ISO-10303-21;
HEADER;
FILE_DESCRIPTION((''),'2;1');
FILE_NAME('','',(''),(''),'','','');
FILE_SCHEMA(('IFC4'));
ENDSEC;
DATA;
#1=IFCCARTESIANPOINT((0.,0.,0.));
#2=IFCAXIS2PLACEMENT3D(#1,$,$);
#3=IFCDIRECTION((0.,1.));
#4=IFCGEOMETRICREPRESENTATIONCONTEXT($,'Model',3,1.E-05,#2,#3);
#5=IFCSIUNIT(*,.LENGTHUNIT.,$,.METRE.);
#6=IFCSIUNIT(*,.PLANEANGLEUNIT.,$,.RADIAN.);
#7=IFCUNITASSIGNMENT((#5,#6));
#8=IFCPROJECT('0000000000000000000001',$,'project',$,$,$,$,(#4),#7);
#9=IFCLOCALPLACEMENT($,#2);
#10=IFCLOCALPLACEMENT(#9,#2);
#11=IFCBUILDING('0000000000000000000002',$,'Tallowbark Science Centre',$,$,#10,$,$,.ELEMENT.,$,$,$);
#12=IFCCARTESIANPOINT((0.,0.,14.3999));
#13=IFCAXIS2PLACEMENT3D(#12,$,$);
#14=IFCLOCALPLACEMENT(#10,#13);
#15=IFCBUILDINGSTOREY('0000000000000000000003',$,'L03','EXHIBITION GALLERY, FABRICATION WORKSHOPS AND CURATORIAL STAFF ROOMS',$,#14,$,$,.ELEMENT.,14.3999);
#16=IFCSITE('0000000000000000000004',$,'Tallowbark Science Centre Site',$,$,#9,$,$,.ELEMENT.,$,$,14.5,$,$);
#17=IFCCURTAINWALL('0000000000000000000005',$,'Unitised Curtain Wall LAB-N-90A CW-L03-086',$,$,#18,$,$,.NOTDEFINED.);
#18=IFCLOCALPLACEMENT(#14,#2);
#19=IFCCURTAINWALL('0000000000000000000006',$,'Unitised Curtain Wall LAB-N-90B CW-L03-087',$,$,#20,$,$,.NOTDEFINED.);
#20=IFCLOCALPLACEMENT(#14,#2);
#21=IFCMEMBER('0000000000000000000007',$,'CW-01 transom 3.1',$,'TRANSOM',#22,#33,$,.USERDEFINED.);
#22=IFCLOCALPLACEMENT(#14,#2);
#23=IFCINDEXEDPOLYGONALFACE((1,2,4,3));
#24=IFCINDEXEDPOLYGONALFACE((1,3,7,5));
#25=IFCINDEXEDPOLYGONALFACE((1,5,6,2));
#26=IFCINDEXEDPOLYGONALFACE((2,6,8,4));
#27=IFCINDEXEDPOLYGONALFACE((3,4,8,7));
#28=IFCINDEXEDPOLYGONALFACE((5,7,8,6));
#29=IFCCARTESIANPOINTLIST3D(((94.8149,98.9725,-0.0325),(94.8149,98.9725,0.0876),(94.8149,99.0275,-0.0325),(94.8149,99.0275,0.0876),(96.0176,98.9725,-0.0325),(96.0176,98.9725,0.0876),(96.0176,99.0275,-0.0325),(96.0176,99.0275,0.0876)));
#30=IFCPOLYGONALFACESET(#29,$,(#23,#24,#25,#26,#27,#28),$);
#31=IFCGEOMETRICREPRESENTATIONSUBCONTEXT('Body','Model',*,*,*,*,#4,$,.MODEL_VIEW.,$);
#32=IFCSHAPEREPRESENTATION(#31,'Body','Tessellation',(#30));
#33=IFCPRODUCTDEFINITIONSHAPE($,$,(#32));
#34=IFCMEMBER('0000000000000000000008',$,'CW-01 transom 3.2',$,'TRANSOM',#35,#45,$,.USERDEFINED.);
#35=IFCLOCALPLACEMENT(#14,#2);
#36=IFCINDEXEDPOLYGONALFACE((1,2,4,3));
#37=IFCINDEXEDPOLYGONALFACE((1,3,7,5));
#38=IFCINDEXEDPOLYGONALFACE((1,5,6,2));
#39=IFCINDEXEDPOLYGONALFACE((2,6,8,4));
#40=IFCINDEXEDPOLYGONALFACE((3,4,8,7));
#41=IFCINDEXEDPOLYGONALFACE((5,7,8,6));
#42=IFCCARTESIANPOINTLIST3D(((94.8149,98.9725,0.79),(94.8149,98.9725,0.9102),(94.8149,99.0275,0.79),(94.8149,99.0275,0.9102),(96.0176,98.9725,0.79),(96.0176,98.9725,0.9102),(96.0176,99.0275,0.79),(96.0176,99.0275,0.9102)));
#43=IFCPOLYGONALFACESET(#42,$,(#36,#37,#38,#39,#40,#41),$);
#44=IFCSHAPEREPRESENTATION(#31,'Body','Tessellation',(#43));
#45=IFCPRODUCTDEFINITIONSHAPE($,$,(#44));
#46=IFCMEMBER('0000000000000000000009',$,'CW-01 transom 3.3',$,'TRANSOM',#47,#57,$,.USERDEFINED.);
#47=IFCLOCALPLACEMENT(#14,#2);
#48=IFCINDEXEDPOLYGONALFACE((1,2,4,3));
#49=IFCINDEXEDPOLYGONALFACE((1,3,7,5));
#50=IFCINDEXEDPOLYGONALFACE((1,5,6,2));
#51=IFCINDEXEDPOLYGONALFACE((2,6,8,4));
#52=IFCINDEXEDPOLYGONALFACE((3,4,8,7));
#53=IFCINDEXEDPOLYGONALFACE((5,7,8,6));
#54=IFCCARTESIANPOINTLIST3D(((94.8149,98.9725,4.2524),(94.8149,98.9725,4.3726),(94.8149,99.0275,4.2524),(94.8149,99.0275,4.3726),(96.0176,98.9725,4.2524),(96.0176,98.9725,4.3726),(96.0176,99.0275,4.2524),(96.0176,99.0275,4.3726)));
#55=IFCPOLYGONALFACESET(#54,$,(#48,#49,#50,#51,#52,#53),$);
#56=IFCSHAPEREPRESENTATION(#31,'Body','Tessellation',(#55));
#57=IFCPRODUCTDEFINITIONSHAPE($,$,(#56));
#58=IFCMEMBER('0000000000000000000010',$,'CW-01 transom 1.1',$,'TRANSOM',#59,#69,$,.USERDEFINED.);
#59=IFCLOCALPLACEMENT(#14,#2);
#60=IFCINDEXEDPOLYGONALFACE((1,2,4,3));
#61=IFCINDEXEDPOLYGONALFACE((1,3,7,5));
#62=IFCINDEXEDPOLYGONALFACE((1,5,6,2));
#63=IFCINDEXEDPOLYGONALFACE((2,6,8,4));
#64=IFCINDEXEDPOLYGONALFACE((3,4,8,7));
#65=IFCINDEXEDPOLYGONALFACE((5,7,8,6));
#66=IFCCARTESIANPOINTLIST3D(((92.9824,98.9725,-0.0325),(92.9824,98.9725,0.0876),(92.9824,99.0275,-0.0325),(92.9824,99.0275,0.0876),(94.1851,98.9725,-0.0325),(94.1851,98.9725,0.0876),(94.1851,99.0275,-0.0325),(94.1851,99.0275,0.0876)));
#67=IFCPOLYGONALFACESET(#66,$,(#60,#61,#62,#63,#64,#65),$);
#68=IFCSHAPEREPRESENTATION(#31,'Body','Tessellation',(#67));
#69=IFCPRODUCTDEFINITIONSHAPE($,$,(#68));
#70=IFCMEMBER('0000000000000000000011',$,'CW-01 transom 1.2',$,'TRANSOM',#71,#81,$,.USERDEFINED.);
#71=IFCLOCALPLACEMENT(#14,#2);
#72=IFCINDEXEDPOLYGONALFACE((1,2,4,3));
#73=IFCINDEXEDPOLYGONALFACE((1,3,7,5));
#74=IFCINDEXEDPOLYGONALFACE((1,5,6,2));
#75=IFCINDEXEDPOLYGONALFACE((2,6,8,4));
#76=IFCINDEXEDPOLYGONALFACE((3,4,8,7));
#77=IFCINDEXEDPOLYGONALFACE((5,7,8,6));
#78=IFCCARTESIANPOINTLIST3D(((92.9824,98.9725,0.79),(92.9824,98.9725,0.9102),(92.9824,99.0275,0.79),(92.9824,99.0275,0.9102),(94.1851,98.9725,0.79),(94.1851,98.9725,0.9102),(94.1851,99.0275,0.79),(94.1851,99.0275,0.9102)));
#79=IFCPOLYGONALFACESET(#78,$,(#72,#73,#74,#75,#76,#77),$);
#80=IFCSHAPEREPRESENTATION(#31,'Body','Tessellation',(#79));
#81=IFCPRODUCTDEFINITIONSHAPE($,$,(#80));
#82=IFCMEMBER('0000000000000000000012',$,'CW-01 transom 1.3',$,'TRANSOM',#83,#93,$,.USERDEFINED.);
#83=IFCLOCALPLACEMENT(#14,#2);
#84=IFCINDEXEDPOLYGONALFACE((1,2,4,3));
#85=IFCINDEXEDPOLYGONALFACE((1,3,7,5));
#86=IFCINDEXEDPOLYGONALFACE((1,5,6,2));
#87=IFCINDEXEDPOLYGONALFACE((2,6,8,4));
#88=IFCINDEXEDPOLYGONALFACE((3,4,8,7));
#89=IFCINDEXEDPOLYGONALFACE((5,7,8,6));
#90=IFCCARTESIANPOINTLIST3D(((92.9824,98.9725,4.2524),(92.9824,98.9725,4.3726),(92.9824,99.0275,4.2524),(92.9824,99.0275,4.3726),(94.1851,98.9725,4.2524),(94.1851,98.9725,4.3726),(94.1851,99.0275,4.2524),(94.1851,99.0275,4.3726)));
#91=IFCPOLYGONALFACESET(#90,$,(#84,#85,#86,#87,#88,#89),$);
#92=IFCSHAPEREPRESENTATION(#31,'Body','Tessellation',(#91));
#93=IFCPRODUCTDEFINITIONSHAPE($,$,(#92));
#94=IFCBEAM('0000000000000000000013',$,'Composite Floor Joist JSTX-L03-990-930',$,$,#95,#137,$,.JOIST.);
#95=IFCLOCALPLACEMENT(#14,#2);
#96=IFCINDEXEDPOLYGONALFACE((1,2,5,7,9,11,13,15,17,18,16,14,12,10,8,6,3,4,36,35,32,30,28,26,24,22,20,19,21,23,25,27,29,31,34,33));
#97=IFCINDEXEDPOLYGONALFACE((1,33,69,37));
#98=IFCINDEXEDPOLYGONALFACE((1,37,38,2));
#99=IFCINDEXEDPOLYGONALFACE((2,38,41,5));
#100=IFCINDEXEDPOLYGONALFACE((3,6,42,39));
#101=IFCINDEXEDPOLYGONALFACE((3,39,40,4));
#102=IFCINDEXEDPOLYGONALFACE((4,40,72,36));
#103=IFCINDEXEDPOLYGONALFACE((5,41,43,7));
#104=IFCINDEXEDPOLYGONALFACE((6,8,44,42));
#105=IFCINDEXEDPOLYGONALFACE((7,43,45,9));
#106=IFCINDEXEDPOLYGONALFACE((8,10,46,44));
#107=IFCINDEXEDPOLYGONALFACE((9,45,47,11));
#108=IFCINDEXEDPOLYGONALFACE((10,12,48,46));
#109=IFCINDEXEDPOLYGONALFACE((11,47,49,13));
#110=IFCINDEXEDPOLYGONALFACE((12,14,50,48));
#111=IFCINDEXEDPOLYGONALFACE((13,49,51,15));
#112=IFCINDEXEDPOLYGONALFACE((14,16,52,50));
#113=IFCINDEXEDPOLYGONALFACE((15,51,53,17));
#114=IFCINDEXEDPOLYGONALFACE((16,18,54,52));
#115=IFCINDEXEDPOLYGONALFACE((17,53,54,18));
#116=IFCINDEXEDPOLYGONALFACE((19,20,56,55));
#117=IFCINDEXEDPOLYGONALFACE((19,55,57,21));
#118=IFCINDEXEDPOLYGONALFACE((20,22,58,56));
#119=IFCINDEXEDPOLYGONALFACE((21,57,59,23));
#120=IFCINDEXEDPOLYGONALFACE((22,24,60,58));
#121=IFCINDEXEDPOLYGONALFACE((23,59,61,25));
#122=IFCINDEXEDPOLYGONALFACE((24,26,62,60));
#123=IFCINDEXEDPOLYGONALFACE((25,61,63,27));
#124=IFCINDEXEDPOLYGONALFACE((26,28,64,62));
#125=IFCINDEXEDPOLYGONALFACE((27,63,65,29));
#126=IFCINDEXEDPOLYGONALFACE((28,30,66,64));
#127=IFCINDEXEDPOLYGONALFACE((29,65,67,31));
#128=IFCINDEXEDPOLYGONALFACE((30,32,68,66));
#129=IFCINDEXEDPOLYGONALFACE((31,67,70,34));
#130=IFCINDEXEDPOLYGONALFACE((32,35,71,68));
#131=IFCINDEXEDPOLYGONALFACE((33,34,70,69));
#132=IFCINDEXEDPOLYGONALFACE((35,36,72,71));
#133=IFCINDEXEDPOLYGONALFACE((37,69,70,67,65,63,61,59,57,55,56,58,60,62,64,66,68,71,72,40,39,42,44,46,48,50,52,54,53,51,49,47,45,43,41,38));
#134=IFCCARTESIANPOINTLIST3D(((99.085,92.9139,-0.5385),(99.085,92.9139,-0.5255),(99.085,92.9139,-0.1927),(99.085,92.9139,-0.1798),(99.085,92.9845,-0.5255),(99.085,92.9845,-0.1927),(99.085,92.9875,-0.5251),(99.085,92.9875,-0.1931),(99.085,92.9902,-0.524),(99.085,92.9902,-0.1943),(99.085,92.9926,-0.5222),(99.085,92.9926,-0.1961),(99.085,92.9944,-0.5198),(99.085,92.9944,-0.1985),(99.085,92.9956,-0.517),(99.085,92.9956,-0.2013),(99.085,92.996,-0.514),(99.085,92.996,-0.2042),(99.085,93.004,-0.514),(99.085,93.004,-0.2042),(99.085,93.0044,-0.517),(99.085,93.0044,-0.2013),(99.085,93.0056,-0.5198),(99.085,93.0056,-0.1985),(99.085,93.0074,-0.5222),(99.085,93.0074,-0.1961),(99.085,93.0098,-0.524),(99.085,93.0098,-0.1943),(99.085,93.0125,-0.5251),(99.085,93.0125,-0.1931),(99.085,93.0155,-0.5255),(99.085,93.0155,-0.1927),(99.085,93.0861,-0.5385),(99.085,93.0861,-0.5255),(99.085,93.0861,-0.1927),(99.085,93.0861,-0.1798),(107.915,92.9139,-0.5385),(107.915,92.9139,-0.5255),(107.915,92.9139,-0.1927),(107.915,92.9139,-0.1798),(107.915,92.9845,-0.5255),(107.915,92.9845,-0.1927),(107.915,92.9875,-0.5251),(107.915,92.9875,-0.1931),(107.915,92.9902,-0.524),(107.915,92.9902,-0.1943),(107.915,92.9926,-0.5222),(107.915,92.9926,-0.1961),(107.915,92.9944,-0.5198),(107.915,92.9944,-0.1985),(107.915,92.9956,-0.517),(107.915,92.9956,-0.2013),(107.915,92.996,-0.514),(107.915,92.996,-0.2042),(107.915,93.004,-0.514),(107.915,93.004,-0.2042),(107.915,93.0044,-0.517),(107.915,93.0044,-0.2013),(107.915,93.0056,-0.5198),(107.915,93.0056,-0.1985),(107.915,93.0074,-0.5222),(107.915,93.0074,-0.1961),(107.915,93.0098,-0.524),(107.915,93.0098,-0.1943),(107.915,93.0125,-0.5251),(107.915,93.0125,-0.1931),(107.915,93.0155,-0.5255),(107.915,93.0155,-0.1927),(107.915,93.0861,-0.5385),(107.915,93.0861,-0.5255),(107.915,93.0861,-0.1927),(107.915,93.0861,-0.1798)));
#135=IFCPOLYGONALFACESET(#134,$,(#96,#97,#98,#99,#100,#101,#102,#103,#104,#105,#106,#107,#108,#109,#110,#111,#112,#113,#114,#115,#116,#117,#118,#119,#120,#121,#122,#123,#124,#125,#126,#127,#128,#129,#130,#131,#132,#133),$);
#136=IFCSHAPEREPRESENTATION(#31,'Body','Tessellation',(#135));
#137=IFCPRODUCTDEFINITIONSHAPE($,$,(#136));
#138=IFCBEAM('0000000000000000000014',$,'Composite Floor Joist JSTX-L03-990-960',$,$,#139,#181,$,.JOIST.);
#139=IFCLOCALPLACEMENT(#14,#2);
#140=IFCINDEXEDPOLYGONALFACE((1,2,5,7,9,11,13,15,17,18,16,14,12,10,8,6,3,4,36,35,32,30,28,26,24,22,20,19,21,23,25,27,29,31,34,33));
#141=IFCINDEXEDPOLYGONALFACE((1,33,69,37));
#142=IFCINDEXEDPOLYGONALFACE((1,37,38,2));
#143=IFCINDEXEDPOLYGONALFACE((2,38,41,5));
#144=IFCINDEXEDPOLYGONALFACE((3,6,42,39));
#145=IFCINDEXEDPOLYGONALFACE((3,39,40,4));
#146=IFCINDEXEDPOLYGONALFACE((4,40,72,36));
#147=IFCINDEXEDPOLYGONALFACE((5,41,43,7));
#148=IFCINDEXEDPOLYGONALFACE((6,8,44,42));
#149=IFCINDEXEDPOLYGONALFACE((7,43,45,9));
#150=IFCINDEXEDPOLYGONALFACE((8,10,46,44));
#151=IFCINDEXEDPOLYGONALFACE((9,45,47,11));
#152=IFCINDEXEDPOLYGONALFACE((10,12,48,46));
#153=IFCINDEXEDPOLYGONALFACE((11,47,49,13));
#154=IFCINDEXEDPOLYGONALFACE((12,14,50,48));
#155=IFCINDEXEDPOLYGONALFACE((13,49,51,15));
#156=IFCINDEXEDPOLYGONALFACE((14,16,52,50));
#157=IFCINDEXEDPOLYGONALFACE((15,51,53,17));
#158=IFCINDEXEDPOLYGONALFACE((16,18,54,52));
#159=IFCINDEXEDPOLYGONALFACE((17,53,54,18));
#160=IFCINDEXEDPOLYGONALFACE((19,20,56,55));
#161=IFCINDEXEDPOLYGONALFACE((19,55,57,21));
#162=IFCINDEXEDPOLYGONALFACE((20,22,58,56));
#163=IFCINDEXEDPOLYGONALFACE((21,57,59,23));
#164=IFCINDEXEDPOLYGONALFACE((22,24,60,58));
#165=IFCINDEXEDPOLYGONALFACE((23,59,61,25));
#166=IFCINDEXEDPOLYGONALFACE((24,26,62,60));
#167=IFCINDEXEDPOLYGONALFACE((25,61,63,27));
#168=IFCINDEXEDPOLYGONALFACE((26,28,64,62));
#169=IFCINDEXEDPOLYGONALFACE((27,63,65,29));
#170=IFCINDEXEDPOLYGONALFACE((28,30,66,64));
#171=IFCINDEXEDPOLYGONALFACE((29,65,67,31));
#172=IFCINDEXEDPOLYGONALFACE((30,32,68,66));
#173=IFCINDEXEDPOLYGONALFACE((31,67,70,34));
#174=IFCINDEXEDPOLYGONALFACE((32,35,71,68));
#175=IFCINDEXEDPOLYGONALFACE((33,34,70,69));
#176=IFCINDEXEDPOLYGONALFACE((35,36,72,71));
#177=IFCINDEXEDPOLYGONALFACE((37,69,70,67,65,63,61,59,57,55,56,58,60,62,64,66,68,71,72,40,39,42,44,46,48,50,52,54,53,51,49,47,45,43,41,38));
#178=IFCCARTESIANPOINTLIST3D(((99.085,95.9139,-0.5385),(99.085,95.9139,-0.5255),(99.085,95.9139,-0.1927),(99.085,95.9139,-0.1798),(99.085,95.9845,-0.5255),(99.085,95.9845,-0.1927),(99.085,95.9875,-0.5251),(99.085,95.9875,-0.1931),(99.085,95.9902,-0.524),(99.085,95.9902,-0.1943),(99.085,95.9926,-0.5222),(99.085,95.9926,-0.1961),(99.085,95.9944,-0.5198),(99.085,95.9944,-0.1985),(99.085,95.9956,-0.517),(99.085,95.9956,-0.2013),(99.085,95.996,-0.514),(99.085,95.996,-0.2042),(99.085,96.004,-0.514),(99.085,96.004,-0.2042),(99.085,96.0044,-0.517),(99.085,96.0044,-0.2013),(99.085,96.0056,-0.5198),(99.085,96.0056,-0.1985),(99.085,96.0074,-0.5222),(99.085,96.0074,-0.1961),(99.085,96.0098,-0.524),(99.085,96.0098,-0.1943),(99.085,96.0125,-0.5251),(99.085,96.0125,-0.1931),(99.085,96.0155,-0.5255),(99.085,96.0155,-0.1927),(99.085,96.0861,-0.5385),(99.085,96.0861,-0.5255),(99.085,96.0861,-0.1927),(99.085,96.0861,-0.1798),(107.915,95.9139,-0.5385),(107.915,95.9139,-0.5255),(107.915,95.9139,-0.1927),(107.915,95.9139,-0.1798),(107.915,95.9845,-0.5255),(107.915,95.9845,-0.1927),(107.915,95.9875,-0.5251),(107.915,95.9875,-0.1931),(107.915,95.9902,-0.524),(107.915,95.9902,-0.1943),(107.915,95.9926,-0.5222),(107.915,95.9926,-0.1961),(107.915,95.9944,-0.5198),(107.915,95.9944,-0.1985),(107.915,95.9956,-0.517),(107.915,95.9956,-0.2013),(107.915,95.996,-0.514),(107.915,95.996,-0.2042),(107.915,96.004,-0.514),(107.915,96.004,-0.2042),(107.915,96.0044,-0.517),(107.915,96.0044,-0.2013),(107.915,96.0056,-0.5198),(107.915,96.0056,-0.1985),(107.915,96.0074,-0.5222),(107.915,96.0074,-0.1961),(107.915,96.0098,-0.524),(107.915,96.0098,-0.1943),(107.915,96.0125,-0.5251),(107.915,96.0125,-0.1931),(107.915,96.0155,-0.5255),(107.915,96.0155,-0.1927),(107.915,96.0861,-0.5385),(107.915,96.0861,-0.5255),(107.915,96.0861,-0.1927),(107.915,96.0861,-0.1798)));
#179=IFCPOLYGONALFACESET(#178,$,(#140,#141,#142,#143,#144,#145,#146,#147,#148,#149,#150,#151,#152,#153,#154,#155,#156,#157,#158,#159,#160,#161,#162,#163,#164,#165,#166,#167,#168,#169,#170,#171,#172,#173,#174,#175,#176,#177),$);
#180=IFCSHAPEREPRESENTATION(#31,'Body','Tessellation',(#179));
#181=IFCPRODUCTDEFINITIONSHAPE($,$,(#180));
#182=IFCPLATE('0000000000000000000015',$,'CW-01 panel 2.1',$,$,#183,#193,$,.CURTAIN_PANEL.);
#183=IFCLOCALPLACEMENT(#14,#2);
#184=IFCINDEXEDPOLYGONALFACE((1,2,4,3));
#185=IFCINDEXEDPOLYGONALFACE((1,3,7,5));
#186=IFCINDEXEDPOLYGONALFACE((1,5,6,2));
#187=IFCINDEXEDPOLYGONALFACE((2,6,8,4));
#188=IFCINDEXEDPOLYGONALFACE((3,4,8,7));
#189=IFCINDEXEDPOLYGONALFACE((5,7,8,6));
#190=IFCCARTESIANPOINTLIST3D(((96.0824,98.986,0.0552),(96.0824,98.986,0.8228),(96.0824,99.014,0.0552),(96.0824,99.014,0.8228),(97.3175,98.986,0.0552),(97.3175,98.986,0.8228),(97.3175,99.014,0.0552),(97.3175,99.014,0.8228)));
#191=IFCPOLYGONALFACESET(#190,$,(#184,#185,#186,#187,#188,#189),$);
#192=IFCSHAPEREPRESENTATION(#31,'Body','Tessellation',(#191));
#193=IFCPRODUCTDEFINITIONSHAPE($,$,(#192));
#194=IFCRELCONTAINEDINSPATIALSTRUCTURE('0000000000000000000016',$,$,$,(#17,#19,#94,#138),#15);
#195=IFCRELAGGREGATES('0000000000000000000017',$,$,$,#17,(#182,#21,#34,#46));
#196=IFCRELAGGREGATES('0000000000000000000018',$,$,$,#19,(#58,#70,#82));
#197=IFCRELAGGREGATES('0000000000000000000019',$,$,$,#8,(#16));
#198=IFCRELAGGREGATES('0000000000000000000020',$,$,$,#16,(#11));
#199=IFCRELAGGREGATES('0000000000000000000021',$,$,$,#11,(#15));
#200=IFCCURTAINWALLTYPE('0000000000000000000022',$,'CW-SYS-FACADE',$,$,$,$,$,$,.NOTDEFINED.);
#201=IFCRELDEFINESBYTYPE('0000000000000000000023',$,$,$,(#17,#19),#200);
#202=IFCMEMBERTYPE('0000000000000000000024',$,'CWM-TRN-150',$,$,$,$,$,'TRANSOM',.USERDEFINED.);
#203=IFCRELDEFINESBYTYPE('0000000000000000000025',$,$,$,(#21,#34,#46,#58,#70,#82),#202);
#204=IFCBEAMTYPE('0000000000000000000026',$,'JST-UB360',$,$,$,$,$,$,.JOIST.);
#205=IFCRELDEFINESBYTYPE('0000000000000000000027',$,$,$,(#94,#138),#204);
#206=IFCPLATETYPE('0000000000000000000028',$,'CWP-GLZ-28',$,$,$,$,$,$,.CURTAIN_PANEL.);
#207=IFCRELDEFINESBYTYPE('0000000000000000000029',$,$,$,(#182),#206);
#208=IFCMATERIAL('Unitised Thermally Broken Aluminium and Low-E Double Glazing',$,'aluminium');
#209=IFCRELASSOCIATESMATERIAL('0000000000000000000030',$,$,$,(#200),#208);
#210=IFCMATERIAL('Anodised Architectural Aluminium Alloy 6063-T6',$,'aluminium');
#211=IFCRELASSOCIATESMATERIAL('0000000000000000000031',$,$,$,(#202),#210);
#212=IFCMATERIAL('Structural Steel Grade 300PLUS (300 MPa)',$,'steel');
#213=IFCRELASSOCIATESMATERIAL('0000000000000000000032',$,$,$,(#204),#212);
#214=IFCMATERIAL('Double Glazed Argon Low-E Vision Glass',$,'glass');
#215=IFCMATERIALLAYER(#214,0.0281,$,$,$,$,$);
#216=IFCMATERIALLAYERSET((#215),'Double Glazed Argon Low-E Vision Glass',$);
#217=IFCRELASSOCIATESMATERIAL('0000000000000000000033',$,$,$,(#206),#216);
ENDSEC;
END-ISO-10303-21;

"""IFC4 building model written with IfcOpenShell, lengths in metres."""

from ifc_helpers import new_model, si_unit, direction, frame, origin, origin_2d, place, context, subcontext, project, spatial, rectangle, i_section, extrude, material, layer, layer_set, material_profile, profile_set, type_object, element, aggregate, save


model = new_model("IFC4")

# Units and contexts
model_context = context("Model", 3, precision=1e-05, world=origin(), true_north=direction((0.0, 1.0)))
body_context = subcontext(model_context, "Body", "Model", "MODEL_VIEW")
ifc_project = project(units=[si_unit("LENGTHUNIT", "METRE"), si_unit("PLANEANGLEUNIT", "RADIAN")], contexts=[model_context])

# Site, building, storey
site_placement = place(None, origin())
site = spatial("IfcSite", under=ifc_project, at=site_placement, Name="Tallowbark Science Centre Site", CompositionType="ELEMENT", RefElevation=14.5)
building_placement = place(site_placement, origin())
building = spatial("IfcBuilding", under=site, at=building_placement, Name="Tallowbark Science Centre", CompositionType="ELEMENT")
storey_placement = place(building_placement, frame((0.0, 0.0, 14.3999)))
storey = spatial("IfcBuildingStorey", under=building, at=storey_placement, Name="L03", Description="EXHIBITION GALLERY, FABRICATION WORKSHOPS AND CURATORIAL STAFF ROOMS", CompositionType="ELEMENT", Elevation=14.3999)

# Shared definitions
ifc_material_1 = material(Name="Structural Steel Grade 300PLUS (300 MPa)", Category="steel")

# Curtain wall
ifc_material_2 = material(Name="Unitised Thermally Broken Aluminium and Low-E Double Glazing", Category="aluminium")
curtain_wall_type = type_object("IfcCurtainWallType", Name="CW-SYS-FACADE", PredefinedType="NOTDEFINED", material=ifc_material_2)
curtain_wall_1_placement = place(storey_placement, origin())
curtain_wall_1 = element("IfcCurtainWall", 1, at=curtain_wall_1_placement, inside=storey, type_object=curtain_wall_type, Name="Unitised Curtain Wall LAB-N-90A CW-L03-086", PredefinedType="NOTDEFINED")
ifc_material_3 = material(Name="Anodised Architectural Aluminium Alloy 6063-T6", Category="aluminium")

# Curtain wall
curtain_wall_2_placement = place(storey_placement, origin())
curtain_wall_2 = element("IfcCurtainWall", 2, at=curtain_wall_2_placement, inside=storey, type_object=curtain_wall_type, Name="Unitised Curtain Wall LAB-N-90B CW-L03-087", PredefinedType="NOTDEFINED")

# Members
ifc_material_profile_1 = material_profile(ifc_material_3, rectangle(XDim=0.0549, YDim=0.1201, at=origin_2d()), Name="ALU55x120")
ifc_profile_set_1 = profile_set([ifc_material_profile_1], Name="Anodised Architectural Aluminium Alloy 6063-T6")
member_type_1 = type_object("IfcMemberType", Name="CWM-TRN-150", ElementType="TRANSOM", PredefinedType="USERDEFINED", material=ifc_profile_set_1)
member_1_placement = place(storey_placement, frame((96.0176, 99.0, 0.0276), z_axis=(-1.0, 0.0, 0.0), x_axis=(0.0, -1.0, 0.0)))
member_1 = element("IfcMember", 3, at=member_1_placement, type_object=member_type_1, Name="CW-01 transom 3.1", ObjectType="TRANSOM", PredefinedType="USERDEFINED", context=body_context, shape_type="SweptSolid", body=[
    extrude(rectangle(XDim=0.0549, YDim=0.1201, at=origin_2d()), origin(), (0.0, 0.0, 1.0), 1.2026),
])
member_2_placement = place(storey_placement, frame((96.0176, 99.0, 0.8501), z_axis=(-1.0, 0.0, 0.0), x_axis=(0.0, -1.0, 0.0)))
member_2 = element("IfcMember", 4, at=member_2_placement, type_object=member_type_1, Name="CW-01 transom 3.2", ObjectType="TRANSOM", PredefinedType="USERDEFINED", context=body_context, shape_type="SweptSolid", body=[
    extrude(rectangle(XDim=0.0549, YDim=0.1201, at=origin_2d()), origin(), (0.0, 0.0, 1.0), 1.2026),
])
member_3_placement = place(storey_placement, frame((96.0176, 99.0, 4.3125), z_axis=(-1.0, 0.0, 0.0), x_axis=(0.0, -1.0, 0.0)))
member_3 = element("IfcMember", 5, at=member_3_placement, type_object=member_type_1, Name="CW-01 transom 3.3", ObjectType="TRANSOM", PredefinedType="USERDEFINED", context=body_context, shape_type="SweptSolid", body=[
    extrude(rectangle(XDim=0.0549, YDim=0.1201, at=origin_2d()), origin(), (0.0, 0.0, 1.0), 1.2026),
])
member_4_placement = place(storey_placement, frame((94.1851, 99.0, 0.0276), z_axis=(-1.0, 0.0, 0.0), x_axis=(0.0, -1.0, 0.0)))
member_4 = element("IfcMember", 6, at=member_4_placement, type_object=member_type_1, Name="CW-01 transom 1.1", ObjectType="TRANSOM", PredefinedType="USERDEFINED", context=body_context, shape_type="SweptSolid", body=[
    extrude(rectangle(XDim=0.0549, YDim=0.1201, at=origin_2d()), origin(), (0.0, 0.0, 1.0), 1.2026),
])
member_5_placement = place(storey_placement, frame((94.1851, 99.0, 0.8501), z_axis=(-1.0, 0.0, 0.0), x_axis=(0.0, -1.0, 0.0)))
member_5 = element("IfcMember", 7, at=member_5_placement, type_object=member_type_1, Name="CW-01 transom 1.2", ObjectType="TRANSOM", PredefinedType="USERDEFINED", context=body_context, shape_type="SweptSolid", body=[
    extrude(rectangle(XDim=0.0549, YDim=0.1201, at=origin_2d()), origin(), (0.0, 0.0, 1.0), 1.2026),
])
member_6_placement = place(storey_placement, frame((94.1851, 99.0, 4.3125), z_axis=(-1.0, 0.0, 0.0), x_axis=(0.0, -1.0, 0.0)))
member_6 = element("IfcMember", 8, at=member_6_placement, type_object=member_type_1, Name="CW-01 transom 1.3", ObjectType="TRANSOM", PredefinedType="USERDEFINED", context=body_context, shape_type="SweptSolid", body=[
    extrude(rectangle(XDim=0.0549, YDim=0.1201, at=origin_2d()), origin(), (0.0, 0.0, 1.0), 1.2026),
])

# Beams
ifc_material_profile_2 = material_profile(ifc_material_1, i_section(OverallWidth=0.1721, OverallDepth=0.3586, WebThickness=0.0081, FlangeThickness=0.0129, FilletRadius=0.0115, at=origin_2d()), Name="360UB56.7")
ifc_profile_set_2 = profile_set([ifc_material_profile_2], Name="Structural Steel Grade 300PLUS (300 MPa)")
beam_type_1 = type_object("IfcBeamType", Name="JST-UB360", PredefinedType="JOIST", material=ifc_profile_set_2)
for number, where, z_axis, x_axis, name in (
    (9, (99.085, 93.0, -0.3591), (1.0, 0.0, 0.0), (0.0, 1.0, 0.0), "Composite Floor Joist JSTX-L03-990-930"),
    (10, (99.085, 96.0, -0.3591), (1.0, 0.0, 0.0), (0.0, 1.0, 0.0), "Composite Floor Joist JSTX-L03-990-960"),
):
    element("IfcBeam", number, at=place(storey_placement, frame(where, z_axis=z_axis, x_axis=x_axis)), inside=storey, type_object=beam_type_1, Name=name, PredefinedType="JOIST", context=body_context, shape_type="SweptSolid", body=[
        extrude(i_section(OverallWidth=0.1721, OverallDepth=0.3586, WebThickness=0.0081, FlangeThickness=0.0129, FilletRadius=0.0115, at=origin_2d()), origin(), (0.0, 0.0, 1.0), 8.8301),
    ])

# Plate
ifc_material_4 = material(Name="Double Glazed Argon Low-E Vision Glass", Category="glass")
ifc_layer_1 = layer(ifc_material_4, 0.0281)
ifc_layer_set_1 = layer_set([ifc_layer_1], Name="Double Glazed Argon Low-E Vision Glass")
plate_type_1 = type_object("IfcPlateType", Name="CWP-GLZ-28", PredefinedType="CURTAIN_PANEL", material=ifc_layer_set_1)
plate_1_placement = place(storey_placement, frame((96.7, 99.0, 0.0552), z_axis=(0.0, 0.0, 1.0), x_axis=(-1.0, 0.0, 0.0)))
plate_1 = element("IfcPlate", 11, at=plate_1_placement, type_object=plate_type_1, Name="CW-01 panel 2.1", PredefinedType="CURTAIN_PANEL", context=body_context, shape_type="SweptSolid", body=[
    extrude(rectangle(XDim=1.2351, YDim=0.0281, at=origin_2d()), origin(), (0.0, 0.0, 1.0), 0.7676),
])
aggregate(curtain_wall_1, [plate_1, member_1, member_2, member_3])
aggregate(curtain_wall_2, [member_4, member_5, member_6])

save(model, "model.ifc")
